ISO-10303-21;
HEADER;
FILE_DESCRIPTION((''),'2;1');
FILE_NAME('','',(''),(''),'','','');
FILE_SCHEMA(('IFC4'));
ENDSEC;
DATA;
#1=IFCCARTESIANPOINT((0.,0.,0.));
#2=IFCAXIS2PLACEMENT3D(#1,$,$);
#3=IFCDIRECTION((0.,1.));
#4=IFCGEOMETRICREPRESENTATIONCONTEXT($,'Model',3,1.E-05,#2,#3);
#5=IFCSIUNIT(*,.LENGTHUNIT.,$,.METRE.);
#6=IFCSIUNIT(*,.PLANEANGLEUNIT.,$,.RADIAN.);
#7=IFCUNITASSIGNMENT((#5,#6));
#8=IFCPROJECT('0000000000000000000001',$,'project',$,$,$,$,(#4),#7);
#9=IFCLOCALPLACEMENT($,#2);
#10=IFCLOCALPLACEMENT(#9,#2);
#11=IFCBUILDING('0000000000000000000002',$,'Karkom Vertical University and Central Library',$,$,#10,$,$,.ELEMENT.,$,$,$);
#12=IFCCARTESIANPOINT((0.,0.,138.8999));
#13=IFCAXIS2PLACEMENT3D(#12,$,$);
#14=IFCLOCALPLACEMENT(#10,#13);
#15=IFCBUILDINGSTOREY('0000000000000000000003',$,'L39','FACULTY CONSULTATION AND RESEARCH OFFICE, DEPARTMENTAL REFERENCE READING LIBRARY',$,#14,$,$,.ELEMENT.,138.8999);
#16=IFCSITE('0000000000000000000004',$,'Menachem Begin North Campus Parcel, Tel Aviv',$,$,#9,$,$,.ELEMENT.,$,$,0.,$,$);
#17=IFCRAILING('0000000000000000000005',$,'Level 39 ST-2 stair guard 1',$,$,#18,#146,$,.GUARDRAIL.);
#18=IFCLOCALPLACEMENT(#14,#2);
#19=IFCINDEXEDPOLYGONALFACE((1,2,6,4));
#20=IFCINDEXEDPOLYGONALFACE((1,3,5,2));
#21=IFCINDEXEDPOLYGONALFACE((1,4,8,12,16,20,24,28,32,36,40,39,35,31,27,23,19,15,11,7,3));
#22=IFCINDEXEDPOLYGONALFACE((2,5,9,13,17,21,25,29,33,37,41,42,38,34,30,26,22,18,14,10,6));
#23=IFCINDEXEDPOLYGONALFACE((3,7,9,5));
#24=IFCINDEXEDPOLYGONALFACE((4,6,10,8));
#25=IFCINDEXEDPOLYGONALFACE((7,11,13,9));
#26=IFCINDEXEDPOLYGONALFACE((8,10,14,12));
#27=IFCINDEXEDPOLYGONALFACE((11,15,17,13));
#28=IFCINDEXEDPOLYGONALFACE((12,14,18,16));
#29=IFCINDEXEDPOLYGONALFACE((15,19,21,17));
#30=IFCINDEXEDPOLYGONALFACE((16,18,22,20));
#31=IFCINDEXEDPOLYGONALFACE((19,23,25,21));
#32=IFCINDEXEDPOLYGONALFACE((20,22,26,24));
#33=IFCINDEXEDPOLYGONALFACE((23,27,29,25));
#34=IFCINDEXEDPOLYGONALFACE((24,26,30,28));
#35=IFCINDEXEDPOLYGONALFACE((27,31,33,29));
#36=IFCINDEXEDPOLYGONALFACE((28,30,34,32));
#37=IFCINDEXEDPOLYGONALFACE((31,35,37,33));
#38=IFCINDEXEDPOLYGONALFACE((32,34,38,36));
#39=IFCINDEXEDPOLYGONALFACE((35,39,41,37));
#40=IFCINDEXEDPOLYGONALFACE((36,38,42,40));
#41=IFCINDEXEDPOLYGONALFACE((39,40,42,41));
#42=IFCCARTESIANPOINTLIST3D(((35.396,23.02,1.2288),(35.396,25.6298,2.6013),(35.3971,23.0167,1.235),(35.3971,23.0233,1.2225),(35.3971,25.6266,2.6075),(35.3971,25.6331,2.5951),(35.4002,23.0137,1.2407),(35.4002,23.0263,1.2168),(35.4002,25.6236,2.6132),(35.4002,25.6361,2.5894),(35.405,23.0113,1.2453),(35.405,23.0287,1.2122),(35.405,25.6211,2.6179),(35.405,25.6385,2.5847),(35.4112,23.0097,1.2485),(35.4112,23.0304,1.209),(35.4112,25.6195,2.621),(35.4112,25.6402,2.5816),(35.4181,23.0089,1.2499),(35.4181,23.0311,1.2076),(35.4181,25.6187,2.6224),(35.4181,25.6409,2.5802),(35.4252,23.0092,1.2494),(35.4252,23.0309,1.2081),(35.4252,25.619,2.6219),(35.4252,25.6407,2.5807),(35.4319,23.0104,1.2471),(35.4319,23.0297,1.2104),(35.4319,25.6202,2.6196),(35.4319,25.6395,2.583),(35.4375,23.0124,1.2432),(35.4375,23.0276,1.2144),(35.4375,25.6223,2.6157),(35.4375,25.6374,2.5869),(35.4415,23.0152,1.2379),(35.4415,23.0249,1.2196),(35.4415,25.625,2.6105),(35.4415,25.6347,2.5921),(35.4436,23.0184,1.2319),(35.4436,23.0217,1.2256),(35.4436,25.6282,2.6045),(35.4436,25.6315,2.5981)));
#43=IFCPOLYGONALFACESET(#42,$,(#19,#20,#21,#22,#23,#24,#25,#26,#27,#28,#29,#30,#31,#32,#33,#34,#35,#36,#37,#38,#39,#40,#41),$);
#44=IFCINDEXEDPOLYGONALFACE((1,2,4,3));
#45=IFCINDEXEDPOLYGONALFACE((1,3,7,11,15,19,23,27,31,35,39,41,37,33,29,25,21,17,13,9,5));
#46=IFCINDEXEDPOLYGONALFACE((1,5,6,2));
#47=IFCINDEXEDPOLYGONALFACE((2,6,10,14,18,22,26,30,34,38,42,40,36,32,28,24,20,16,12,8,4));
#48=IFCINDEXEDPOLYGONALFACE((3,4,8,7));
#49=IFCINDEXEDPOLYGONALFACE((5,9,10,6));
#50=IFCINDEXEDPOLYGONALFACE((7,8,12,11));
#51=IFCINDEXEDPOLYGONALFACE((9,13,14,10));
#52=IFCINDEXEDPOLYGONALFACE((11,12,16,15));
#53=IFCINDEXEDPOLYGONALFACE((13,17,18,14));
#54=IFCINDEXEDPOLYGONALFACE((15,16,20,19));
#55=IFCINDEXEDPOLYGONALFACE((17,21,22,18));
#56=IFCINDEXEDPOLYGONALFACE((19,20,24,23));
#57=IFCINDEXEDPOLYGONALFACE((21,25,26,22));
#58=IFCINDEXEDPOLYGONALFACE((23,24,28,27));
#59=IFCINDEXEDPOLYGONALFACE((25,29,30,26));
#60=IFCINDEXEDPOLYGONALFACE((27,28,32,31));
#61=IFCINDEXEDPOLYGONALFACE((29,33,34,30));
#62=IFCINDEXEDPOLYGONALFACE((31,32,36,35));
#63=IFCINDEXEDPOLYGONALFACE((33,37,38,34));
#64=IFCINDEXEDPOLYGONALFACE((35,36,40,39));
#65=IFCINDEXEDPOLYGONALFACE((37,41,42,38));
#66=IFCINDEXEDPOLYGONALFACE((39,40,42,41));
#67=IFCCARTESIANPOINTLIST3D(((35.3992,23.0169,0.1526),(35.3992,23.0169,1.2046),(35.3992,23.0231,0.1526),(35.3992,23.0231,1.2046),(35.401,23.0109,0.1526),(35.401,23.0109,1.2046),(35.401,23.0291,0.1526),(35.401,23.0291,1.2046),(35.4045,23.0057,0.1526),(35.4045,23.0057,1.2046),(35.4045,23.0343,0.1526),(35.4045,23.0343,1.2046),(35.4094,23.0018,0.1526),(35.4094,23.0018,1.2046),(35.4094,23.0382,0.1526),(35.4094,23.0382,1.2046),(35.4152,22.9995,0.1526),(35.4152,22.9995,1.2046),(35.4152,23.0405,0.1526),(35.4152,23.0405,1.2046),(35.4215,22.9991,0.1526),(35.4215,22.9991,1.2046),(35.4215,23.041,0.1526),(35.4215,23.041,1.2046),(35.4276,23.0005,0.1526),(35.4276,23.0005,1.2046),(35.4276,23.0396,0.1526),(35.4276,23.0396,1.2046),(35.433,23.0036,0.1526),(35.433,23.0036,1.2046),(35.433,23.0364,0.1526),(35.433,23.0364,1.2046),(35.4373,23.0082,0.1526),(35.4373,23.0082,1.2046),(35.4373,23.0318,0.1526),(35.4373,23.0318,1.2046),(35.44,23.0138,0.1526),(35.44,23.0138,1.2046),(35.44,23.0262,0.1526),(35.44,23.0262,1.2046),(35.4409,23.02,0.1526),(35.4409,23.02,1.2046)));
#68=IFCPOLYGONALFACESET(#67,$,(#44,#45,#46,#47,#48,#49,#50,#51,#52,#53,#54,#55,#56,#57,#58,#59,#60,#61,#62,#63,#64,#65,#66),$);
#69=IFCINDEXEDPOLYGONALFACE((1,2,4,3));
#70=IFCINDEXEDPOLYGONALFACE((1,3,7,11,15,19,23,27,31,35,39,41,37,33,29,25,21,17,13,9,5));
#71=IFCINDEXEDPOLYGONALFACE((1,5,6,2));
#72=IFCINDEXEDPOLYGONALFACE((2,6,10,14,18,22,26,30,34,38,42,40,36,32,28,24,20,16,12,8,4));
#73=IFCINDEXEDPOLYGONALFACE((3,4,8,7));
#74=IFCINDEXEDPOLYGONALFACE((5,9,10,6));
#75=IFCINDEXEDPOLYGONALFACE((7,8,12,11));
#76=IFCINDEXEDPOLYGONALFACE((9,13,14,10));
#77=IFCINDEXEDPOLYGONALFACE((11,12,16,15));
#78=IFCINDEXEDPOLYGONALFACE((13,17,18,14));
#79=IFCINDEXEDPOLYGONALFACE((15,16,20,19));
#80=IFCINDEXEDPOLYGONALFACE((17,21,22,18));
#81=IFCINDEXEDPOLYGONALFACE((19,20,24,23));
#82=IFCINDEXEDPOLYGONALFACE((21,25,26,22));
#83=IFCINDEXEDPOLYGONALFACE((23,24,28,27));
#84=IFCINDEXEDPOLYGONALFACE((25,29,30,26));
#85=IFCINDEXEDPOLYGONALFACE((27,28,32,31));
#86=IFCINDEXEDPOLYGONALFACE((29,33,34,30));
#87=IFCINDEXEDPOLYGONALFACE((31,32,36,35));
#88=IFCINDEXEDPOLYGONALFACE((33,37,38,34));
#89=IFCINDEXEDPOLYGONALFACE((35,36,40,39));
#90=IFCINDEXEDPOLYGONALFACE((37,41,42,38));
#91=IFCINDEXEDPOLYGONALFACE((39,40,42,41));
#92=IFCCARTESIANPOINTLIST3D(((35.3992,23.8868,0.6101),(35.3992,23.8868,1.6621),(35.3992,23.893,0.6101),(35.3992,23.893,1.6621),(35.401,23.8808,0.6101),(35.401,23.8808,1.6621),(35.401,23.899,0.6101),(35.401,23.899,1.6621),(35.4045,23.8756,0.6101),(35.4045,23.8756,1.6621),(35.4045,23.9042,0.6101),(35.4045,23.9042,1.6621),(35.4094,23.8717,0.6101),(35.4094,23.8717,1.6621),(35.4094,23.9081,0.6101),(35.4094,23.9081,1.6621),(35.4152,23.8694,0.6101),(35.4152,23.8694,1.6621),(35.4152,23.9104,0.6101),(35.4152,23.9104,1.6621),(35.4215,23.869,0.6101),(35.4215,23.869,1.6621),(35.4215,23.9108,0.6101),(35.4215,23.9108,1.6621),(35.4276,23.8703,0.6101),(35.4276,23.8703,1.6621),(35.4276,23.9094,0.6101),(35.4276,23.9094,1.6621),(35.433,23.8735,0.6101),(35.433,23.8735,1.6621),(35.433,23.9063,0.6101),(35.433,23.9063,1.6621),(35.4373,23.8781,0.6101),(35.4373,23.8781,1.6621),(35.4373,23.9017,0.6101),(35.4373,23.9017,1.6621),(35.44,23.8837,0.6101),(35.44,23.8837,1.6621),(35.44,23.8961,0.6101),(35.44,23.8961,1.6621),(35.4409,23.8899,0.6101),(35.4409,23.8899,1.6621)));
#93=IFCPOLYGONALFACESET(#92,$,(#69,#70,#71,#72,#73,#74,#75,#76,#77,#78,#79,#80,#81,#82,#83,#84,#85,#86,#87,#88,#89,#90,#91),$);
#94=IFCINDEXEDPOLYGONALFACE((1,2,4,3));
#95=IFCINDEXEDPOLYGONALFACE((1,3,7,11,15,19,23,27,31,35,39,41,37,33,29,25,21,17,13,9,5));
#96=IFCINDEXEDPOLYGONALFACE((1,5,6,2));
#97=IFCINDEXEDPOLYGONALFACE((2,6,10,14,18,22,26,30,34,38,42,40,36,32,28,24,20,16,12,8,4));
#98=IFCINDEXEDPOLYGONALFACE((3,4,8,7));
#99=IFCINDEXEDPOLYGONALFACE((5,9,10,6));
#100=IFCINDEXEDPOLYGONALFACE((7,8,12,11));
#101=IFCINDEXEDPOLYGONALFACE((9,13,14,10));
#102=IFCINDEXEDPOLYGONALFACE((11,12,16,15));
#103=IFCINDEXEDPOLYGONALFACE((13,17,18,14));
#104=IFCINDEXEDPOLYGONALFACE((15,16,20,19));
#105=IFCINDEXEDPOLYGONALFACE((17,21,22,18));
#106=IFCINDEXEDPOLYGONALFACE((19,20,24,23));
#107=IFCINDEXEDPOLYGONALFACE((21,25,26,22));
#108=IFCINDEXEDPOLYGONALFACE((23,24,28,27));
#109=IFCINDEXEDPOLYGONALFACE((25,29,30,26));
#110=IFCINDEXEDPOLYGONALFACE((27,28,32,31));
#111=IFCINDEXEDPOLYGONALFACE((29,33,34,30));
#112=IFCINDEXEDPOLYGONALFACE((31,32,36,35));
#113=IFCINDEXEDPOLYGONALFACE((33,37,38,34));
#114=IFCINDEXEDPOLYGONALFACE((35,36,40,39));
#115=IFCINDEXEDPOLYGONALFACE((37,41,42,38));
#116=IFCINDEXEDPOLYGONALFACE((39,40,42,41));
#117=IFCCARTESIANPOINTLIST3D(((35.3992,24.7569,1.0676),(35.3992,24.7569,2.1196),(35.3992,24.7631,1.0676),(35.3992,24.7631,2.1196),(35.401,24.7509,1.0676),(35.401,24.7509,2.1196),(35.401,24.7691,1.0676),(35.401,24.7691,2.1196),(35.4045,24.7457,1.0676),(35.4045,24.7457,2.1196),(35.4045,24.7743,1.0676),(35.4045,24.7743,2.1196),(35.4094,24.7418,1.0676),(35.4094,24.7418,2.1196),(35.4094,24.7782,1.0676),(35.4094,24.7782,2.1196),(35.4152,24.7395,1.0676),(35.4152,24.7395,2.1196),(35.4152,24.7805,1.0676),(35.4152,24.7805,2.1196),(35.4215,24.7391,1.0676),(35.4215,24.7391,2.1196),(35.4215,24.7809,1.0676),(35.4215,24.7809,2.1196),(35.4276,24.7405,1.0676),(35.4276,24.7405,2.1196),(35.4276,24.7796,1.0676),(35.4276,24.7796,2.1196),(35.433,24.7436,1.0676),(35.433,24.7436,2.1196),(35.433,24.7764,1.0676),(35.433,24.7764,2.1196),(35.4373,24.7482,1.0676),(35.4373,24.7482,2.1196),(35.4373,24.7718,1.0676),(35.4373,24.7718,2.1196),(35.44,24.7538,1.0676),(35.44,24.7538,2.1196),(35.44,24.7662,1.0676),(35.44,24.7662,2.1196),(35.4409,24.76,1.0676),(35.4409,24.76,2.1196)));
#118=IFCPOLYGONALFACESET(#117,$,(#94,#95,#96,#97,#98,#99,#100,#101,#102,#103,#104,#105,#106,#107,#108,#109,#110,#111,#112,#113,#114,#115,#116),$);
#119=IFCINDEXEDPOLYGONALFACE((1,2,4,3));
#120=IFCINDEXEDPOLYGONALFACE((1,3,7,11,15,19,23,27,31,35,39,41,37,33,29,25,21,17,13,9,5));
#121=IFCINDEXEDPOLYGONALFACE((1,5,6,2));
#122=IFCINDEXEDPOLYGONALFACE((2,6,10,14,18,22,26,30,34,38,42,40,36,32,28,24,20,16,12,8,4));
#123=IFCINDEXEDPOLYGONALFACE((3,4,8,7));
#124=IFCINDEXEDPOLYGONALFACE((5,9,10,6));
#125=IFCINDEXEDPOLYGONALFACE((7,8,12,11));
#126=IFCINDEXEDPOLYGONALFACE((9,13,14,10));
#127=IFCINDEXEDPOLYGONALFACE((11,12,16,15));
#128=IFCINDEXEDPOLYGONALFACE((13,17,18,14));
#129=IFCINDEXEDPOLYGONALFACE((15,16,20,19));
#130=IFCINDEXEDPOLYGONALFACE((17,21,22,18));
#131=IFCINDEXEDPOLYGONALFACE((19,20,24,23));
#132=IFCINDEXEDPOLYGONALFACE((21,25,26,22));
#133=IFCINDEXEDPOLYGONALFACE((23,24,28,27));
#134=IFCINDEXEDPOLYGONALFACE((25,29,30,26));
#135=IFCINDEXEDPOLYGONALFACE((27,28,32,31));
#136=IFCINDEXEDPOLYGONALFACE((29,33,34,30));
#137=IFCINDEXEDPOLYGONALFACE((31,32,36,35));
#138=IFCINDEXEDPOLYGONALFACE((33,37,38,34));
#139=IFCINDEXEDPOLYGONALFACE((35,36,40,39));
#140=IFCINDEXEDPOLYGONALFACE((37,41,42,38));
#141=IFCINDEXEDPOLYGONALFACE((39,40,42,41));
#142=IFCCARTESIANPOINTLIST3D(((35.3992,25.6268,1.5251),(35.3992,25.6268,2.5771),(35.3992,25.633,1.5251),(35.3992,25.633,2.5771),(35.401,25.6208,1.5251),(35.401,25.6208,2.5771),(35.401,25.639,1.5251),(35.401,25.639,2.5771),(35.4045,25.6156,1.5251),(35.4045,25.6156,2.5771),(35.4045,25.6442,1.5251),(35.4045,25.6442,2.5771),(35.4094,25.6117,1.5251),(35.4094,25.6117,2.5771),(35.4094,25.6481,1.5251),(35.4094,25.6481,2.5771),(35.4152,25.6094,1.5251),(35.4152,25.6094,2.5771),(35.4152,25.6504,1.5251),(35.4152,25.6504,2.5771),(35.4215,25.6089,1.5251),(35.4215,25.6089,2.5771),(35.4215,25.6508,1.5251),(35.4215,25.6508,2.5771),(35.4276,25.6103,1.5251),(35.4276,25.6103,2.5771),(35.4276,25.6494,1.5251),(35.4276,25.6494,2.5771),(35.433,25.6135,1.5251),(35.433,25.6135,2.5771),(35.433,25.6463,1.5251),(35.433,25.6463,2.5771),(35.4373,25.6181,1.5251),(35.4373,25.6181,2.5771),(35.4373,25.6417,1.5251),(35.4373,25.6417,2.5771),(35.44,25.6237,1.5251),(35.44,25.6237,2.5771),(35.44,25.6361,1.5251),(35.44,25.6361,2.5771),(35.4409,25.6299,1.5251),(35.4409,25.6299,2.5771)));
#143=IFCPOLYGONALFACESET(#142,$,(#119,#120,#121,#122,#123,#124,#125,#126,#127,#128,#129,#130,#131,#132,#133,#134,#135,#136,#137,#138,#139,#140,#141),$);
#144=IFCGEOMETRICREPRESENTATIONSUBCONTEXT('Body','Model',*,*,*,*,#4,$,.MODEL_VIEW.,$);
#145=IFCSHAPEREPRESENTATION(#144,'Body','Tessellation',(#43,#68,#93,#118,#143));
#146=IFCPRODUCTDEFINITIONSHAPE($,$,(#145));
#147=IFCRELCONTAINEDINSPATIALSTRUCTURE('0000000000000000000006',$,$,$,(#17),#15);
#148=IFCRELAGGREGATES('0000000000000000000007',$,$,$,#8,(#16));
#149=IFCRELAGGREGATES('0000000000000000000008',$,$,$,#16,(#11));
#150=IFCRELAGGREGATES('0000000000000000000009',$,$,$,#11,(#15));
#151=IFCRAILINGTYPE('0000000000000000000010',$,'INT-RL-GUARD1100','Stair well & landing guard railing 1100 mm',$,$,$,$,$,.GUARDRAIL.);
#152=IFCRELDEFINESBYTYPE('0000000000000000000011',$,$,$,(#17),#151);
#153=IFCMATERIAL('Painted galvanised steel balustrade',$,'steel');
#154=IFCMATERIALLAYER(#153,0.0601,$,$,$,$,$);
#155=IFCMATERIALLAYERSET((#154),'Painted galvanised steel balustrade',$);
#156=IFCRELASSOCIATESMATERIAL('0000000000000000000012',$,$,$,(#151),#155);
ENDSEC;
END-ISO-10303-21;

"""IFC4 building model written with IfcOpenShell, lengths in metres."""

from ifc_helpers import new_model, si_unit, direction, frame, origin, origin_2d, place, context, subcontext, project, spatial, circle, extrude, material, layer, layer_set, type_object, element, save


model = new_model("IFC4")

# Units and contexts
model_context = context("Model", 3, precision=1e-05, world=origin(), true_north=direction((0.0, 1.0)))
body_context = subcontext(model_context, "Body", "Model", "MODEL_VIEW")
ifc_project = project(units=[si_unit("LENGTHUNIT", "METRE"), si_unit("PLANEANGLEUNIT", "RADIAN")], contexts=[model_context])

# Site, building, storey
site_placement = place(None, origin())
site = spatial("IfcSite", under=ifc_project, at=site_placement, Name="Menachem Begin North Campus Parcel, Tel Aviv", CompositionType="ELEMENT", RefElevation=0.0)
building_placement = place(site_placement, origin())
building = spatial("IfcBuilding", under=site, at=building_placement, Name="Karkom Vertical University and Central Library", CompositionType="ELEMENT")
storey_placement = place(building_placement, frame((0.0, 0.0, 138.8999)))
storey = spatial("IfcBuildingStorey", under=building, at=storey_placement, Name="L39", Description="FACULTY CONSULTATION AND RESEARCH OFFICE, DEPARTMENTAL REFERENCE READING LIBRARY", CompositionType="ELEMENT", Elevation=138.8999)

# Railing
ifc_material_1 = material(Name="Painted galvanised steel balustrade", Category="steel")
ifc_layer_1 = layer(ifc_material_1, 0.0601)
ifc_layer_set_1 = layer_set([ifc_layer_1], Name="Painted galvanised steel balustrade")
railing_type_1 = type_object("IfcRailingType", Name="INT-RL-GUARD1100", Description="Stair well & landing guard railing 1100 mm", PredefinedType="GUARDRAIL", material=ifc_layer_set_1)
railing_1_placement = place(storey_placement, frame((35.4199, 23.02, 0.1526)))
element("IfcRailing", 1, at=railing_1_placement, inside=storey, type_object=railing_type_1, Name="Level 39 ST-2 stair guard 1", PredefinedType="GUARDRAIL", context=body_context, shape_type="SweptSolid", body=[
    extrude(circle(Radius=0.0239, at=origin_2d()), frame((0.0, 0.0, 1.0762), z_axis=(0.0, 0.885065, 0.465467), x_axis=(-1.0, 0.0, 0.0)), (0.0, 0.0, 1.0), 2.9487),
    extrude(circle(Radius=0.021, at=origin_2d()), origin(), (0.0, 0.0, 1.0), 1.052),
    extrude(circle(Radius=0.021, at=origin_2d()), frame((0.0, 0.8699, 0.4575)), (0.0, 0.0, 1.0), 1.052),
    extrude(circle(Radius=0.021, at=origin_2d()), frame((0.0, 1.74, 0.915)), (0.0, 0.0, 1.0), 1.052),
    extrude(circle(Radius=0.021, at=origin_2d()), frame((0.0, 2.6099, 1.3726)), (0.0, 0.0, 1.0), 1.052),
])

save(model, "model.ifc")
